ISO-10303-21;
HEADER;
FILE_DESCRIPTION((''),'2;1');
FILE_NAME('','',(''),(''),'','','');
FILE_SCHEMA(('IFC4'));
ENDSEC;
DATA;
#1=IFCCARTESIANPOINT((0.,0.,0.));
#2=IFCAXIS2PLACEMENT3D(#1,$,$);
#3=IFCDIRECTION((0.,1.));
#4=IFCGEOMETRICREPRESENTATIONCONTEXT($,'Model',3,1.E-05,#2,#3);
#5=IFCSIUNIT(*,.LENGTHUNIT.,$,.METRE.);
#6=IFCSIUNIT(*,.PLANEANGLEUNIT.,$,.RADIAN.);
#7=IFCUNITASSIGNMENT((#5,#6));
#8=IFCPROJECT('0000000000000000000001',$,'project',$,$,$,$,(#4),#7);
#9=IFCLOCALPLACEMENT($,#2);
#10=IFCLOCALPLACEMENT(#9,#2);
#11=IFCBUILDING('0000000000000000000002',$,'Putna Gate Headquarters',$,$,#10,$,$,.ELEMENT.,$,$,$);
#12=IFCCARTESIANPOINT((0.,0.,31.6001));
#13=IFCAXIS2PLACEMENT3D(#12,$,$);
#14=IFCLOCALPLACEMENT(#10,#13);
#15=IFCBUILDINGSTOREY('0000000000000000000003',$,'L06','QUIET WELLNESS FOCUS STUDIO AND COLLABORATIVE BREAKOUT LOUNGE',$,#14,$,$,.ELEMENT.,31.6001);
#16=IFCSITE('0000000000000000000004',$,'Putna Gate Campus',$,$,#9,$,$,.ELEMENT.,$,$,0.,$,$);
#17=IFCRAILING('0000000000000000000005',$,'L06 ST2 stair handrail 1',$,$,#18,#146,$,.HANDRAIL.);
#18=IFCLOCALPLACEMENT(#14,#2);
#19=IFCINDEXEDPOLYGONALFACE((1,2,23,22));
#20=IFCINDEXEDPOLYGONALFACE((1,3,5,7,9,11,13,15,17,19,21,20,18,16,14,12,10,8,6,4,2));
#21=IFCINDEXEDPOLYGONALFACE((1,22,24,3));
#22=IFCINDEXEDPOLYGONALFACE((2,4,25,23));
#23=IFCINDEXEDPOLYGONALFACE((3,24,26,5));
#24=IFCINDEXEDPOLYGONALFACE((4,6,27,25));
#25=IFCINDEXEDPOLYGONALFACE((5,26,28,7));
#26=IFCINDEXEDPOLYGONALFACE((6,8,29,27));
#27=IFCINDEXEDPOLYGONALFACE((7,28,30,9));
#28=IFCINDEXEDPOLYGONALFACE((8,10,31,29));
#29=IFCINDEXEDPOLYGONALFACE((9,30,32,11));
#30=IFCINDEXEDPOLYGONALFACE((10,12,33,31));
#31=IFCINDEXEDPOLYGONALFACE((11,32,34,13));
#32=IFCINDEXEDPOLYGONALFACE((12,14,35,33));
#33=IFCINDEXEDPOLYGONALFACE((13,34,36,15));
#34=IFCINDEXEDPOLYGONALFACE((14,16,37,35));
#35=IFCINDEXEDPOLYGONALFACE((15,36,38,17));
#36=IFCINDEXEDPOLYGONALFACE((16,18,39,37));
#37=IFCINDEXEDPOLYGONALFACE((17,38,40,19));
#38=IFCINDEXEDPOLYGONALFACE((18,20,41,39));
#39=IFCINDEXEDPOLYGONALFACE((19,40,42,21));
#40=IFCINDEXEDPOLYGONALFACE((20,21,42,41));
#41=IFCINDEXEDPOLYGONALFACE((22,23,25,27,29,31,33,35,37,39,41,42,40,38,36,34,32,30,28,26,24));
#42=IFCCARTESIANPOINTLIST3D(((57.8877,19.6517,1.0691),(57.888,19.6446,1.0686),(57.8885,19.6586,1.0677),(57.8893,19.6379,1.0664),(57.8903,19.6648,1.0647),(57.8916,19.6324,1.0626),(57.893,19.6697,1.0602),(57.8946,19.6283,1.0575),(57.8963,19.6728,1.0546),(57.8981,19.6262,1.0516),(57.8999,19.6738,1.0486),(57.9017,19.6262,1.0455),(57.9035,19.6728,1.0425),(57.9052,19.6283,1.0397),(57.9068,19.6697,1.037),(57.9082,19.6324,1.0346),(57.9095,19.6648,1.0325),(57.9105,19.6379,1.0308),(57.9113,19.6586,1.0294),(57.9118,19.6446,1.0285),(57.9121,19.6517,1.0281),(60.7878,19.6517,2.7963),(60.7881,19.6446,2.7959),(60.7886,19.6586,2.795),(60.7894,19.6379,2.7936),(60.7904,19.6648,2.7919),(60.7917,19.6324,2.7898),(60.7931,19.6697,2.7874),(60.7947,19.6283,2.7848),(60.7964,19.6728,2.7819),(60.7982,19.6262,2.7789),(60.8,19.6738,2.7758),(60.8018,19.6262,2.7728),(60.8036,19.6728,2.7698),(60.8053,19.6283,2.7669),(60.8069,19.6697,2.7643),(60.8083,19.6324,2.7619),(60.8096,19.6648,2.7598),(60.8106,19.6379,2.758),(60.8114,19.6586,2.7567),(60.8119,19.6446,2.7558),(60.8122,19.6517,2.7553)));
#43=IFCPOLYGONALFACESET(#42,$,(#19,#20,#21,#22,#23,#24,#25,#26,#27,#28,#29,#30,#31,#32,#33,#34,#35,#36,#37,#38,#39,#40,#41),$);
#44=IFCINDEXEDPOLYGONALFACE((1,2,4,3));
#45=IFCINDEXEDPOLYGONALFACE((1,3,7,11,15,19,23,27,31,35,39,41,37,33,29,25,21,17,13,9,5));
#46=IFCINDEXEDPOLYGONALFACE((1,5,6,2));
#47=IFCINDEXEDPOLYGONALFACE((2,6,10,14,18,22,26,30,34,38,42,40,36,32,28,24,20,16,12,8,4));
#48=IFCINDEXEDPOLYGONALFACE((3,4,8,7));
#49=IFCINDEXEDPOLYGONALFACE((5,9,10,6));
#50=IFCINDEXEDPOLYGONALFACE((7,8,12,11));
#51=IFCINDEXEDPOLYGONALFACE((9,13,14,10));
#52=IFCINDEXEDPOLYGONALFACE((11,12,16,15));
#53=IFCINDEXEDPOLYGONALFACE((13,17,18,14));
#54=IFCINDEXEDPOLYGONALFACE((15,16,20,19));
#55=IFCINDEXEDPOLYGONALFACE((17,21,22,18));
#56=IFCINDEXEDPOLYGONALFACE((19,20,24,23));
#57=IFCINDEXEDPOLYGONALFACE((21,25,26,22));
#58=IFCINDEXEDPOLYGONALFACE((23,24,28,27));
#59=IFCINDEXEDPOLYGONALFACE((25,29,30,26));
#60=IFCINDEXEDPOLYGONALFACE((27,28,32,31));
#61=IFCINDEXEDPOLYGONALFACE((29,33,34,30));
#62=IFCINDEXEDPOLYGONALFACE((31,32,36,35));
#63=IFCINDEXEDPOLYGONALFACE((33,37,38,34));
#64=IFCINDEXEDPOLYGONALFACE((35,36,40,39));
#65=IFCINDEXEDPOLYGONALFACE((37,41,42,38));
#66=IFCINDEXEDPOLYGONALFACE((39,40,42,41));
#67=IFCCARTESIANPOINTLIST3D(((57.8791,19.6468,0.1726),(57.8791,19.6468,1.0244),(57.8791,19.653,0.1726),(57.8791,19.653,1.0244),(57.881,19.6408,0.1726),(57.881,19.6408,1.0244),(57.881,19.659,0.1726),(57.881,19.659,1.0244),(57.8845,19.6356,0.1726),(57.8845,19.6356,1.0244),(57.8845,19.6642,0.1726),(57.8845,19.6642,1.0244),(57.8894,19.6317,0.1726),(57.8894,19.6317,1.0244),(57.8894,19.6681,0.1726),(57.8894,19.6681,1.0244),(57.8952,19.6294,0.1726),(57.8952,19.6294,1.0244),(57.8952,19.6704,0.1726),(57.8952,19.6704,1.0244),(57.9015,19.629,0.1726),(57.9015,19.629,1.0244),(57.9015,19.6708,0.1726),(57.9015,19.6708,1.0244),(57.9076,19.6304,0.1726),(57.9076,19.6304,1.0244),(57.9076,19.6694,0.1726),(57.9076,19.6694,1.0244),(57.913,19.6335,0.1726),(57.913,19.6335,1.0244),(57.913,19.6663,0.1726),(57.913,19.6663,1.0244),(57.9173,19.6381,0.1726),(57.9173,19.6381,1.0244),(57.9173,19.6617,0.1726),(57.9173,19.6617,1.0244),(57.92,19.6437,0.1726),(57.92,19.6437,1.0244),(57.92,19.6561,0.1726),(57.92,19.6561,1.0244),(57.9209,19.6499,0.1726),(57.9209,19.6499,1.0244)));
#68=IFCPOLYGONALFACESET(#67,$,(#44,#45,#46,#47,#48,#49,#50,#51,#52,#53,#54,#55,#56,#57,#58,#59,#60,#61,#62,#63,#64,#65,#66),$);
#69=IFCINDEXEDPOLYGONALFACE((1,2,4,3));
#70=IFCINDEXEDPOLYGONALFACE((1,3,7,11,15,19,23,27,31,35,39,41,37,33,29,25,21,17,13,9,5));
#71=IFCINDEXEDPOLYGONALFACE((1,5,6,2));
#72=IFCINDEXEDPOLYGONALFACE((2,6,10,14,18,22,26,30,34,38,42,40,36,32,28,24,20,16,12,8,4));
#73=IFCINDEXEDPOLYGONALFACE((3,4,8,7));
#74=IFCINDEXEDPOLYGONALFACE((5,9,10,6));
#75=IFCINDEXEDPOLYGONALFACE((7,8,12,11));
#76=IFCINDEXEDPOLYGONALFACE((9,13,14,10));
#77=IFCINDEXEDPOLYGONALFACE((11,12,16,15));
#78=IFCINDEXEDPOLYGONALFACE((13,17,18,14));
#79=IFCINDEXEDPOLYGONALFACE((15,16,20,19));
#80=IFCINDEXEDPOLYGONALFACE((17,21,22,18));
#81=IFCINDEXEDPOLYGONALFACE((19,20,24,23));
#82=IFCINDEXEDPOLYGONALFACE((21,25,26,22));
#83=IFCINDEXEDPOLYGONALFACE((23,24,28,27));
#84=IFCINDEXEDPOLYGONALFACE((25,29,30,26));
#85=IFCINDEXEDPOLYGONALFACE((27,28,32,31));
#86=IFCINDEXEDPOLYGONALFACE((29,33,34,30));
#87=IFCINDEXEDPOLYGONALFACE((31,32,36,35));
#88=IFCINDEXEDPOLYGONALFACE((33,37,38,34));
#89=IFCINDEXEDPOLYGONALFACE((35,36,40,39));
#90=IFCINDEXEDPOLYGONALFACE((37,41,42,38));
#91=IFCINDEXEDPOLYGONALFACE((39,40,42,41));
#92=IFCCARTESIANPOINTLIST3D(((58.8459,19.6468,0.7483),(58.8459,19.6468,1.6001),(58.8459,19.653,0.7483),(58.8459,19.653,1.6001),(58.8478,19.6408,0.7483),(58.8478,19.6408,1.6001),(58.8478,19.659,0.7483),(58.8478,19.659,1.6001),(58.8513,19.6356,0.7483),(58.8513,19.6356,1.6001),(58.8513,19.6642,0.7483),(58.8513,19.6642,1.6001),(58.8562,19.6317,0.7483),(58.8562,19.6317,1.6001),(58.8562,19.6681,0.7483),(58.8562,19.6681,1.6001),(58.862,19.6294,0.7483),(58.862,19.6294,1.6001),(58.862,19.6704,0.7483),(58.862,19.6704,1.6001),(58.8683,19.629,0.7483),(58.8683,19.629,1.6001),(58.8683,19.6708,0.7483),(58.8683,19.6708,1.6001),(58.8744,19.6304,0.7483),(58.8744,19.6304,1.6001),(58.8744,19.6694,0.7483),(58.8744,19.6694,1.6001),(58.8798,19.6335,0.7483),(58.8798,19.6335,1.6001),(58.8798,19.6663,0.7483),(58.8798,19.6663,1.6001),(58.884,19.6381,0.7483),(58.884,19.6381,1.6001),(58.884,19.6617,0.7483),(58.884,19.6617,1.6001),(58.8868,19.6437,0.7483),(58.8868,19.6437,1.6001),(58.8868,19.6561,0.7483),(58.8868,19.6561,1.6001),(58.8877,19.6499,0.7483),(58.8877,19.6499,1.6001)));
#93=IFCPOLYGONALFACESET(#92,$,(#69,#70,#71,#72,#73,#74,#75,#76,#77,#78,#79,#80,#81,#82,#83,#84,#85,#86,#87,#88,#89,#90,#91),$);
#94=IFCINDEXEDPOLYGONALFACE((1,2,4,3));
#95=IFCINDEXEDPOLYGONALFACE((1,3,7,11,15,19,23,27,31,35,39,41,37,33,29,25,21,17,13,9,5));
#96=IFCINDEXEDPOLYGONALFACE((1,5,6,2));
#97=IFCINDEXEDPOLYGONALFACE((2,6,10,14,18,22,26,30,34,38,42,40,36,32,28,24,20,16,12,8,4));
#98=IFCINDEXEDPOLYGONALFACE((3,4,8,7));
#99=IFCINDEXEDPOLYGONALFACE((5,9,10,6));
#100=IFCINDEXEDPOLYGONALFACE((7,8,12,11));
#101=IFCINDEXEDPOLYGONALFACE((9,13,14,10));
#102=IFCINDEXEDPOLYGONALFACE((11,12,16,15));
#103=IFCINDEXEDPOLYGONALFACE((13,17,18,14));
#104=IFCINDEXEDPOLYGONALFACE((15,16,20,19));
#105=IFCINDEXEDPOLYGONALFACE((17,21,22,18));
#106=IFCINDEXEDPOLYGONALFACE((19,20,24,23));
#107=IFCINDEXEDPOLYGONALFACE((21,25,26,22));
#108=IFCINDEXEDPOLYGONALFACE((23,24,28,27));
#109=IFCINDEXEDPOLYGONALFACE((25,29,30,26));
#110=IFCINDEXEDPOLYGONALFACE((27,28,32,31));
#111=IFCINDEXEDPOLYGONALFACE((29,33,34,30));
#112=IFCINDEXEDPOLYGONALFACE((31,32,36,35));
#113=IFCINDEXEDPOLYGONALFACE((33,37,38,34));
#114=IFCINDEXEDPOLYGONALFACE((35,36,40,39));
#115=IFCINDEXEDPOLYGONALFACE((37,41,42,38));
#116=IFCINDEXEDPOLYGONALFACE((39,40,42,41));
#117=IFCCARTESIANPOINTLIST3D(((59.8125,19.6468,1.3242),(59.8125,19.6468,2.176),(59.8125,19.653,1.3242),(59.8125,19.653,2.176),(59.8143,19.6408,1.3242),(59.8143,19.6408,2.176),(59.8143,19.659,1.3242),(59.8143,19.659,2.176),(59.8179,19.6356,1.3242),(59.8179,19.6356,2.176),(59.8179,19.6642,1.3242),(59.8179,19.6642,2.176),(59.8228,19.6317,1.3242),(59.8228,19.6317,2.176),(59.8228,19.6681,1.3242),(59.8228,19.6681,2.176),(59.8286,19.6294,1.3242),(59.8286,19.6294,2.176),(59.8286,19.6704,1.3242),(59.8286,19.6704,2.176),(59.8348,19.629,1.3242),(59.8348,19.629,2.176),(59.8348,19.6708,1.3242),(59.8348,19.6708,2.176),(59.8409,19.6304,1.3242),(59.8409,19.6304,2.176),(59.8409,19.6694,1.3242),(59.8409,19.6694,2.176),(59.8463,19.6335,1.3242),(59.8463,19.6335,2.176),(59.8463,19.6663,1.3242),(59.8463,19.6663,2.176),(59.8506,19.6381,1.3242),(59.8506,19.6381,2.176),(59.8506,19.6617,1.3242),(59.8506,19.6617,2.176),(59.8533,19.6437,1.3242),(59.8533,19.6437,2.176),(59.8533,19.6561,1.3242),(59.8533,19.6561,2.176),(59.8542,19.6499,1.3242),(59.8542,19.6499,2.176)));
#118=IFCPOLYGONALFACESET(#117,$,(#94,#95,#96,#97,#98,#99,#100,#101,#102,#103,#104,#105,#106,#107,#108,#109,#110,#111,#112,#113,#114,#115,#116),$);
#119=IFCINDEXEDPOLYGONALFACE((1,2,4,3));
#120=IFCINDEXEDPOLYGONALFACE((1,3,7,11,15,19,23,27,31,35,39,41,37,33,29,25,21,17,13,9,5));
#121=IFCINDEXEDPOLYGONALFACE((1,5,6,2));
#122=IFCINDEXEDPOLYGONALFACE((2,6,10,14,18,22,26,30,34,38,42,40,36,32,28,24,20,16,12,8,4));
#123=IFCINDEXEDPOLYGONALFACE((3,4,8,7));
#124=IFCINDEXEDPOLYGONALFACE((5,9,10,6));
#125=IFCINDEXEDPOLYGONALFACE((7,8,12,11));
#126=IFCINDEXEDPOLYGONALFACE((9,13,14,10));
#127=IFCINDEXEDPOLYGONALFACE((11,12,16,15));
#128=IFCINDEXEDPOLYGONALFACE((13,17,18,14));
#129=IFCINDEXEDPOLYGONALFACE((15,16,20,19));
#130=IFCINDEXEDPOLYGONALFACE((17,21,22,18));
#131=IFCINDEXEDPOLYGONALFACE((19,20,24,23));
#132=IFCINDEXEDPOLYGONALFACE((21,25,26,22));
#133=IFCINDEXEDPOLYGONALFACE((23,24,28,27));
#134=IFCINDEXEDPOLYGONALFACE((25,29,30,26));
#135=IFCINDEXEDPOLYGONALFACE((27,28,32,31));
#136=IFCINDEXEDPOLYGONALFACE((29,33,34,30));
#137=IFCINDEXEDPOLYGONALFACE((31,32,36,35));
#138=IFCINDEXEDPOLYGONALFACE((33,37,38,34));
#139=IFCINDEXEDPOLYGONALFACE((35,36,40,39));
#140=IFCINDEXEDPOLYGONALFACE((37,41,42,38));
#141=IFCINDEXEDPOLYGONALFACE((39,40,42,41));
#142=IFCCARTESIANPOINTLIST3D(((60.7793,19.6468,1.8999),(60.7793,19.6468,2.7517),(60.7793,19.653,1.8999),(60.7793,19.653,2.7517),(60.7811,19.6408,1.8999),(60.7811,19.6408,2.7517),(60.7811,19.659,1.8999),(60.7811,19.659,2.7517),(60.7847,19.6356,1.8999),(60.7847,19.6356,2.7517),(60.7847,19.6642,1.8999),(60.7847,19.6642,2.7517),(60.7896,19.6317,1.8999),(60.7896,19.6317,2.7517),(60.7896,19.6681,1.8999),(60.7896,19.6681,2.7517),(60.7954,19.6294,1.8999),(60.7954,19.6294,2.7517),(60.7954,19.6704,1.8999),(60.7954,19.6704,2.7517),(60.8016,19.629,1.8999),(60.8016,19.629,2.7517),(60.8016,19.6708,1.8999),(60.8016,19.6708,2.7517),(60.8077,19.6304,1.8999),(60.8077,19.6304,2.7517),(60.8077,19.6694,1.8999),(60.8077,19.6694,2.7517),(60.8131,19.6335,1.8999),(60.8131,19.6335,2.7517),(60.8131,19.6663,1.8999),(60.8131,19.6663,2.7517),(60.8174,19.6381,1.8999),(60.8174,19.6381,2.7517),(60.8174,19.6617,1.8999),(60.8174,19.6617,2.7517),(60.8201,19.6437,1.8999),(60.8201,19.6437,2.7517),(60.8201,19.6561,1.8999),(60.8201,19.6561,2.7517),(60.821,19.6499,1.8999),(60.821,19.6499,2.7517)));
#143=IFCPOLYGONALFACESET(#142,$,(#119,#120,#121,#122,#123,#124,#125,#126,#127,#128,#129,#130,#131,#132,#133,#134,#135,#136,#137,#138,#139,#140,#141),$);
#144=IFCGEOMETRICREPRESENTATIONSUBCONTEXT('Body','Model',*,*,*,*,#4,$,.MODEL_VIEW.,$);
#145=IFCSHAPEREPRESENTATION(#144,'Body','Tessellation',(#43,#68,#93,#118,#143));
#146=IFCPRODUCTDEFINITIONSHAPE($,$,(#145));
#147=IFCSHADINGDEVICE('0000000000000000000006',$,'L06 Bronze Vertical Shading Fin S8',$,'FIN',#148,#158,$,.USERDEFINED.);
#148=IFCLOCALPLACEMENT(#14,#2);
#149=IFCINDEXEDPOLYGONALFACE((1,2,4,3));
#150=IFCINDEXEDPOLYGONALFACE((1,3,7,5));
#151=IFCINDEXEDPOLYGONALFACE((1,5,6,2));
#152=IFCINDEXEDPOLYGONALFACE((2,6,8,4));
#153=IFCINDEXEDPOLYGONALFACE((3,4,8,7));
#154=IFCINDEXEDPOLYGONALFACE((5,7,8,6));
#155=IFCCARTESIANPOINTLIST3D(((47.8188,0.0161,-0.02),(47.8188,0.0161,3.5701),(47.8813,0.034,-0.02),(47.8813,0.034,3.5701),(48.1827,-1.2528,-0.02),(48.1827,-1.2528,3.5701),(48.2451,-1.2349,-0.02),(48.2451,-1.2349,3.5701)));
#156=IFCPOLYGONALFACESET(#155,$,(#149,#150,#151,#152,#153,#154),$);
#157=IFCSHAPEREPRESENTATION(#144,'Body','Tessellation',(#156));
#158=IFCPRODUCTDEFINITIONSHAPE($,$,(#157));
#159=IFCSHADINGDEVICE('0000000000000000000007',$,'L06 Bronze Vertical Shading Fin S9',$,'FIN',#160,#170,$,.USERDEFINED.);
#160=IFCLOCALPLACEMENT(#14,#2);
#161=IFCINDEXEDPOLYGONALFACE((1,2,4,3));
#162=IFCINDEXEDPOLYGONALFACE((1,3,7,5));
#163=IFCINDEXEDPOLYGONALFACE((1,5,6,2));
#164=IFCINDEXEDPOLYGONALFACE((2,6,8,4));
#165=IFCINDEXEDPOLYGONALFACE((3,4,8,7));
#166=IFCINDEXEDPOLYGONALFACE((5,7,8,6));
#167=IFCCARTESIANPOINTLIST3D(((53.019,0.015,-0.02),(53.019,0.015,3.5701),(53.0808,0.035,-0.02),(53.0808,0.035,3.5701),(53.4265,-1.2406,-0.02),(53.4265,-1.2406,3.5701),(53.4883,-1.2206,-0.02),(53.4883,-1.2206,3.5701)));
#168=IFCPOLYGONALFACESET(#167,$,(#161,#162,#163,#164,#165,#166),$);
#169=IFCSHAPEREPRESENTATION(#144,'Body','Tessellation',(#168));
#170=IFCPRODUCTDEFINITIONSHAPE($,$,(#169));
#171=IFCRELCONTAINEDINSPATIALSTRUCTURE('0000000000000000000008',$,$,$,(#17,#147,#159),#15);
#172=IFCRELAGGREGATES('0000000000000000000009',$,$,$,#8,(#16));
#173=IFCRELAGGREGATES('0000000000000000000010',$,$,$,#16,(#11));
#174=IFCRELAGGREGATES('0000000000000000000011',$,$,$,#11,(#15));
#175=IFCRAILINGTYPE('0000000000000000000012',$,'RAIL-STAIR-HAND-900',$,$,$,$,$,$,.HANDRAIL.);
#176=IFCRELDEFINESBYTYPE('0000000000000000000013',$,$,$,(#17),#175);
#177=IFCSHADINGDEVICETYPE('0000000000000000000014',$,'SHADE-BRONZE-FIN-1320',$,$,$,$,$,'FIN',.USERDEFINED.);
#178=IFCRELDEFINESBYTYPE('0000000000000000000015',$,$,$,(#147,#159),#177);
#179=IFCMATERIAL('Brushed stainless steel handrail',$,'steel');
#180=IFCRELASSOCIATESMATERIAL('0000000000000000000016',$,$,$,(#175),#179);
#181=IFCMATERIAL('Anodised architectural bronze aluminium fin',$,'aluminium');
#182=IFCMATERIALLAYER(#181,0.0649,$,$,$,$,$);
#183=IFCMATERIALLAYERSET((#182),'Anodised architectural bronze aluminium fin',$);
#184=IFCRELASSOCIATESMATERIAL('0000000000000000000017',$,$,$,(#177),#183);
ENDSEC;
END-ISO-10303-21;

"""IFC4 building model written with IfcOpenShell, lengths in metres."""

from ifc_helpers import new_model, si_unit, direction, frame, origin, origin_2d, place, context, subcontext, project, spatial, rectangle, circle, extrude, material, layer, layer_set, type_object, element, save


model = new_model("IFC4")

# Units and contexts
model_context = context("Model", 3, precision=1e-05, world=origin(), true_north=direction((0.0, 1.0)))
body_context = subcontext(model_context, "Body", "Model", "MODEL_VIEW")
ifc_project = project(units=[si_unit("LENGTHUNIT", "METRE"), si_unit("PLANEANGLEUNIT", "RADIAN")], contexts=[model_context])

# Site, building, storey
site_placement = place(None, origin())
site = spatial("IfcSite", under=ifc_project, at=site_placement, Name="Putna Gate Campus", CompositionType="ELEMENT", RefElevation=0.0)
building_placement = place(site_placement, origin())
building = spatial("IfcBuilding", under=site, at=building_placement, Name="Putna Gate Headquarters", CompositionType="ELEMENT")
storey_placement = place(building_placement, frame((0.0, 0.0, 31.6001)))
storey = spatial("IfcBuildingStorey", under=building, at=storey_placement, Name="L06", Description="QUIET WELLNESS FOCUS STUDIO AND COLLABORATIVE BREAKOUT LOUNGE", CompositionType="ELEMENT", Elevation=31.6001)

# Railing
ifc_material_1 = material(Name="Brushed stainless steel handrail", Category="steel")
railing_type_1 = type_object("IfcRailingType", Name="RAIL-STAIR-HAND-900", PredefinedType="HANDRAIL", material=ifc_material_1)
railing_1_placement = place(storey_placement, frame((57.8999, 19.6499, 0.1726)))
element("IfcRailing", 1, at=railing_1_placement, inside=storey, type_object=railing_type_1, Name="L06 ST2 stair handrail 1", PredefinedType="HANDRAIL", context=body_context, shape_type="SweptSolid", body=[
    extrude(circle(Radius=0.0239, at=origin_2d()), frame((0.0, 0.0, 0.876), z_axis=(0.85916, 0.0, 0.511706), x_axis=(0.0, 1.0, 0.0)), (0.0, 0.0, 1.0), 3.3755),
    extrude(circle(Radius=0.021, at=origin_2d()), origin(), (0.0, 0.0, 1.0), 0.8518),
    extrude(circle(Radius=0.021, at=origin_2d()), frame((0.9668, 0.0, 0.5757)), (0.0, 0.0, 1.0), 0.8518),
    extrude(circle(Radius=0.021, at=origin_2d()), frame((1.9333, 0.0, 1.1516)), (0.0, 0.0, 1.0), 0.8518),
    extrude(circle(Radius=0.021, at=origin_2d()), frame((2.9001, 0.0, 1.7273)), (0.0, 0.0, 1.0), 0.8518),
])

# Shading devices
ifc_material_2 = material(Name="Anodised architectural bronze aluminium fin", Category="aluminium")
ifc_layer_1 = layer(ifc_material_2, 0.0649)
ifc_layer_set_1 = layer_set([ifc_layer_1], Name="Anodised architectural bronze aluminium fin")
shading_device_type = type_object("IfcShadingDeviceType", Name="SHADE-BRONZE-FIN-1320", ElementType="FIN", PredefinedType="USERDEFINED", material=ifc_layer_set_1)
for number, where, z_axis, x_axis, name in (
    (2, (48.032, -0.6094, -0.02), (0.0, 0.0, 1.0), (0.275637, -0.961262, 0.0), "L06 Bronze Vertical Shading Fin S8"),
    (3, (53.2537, -0.6028, -0.02), (0.0, 0.0, 1.0), (0.308685, -0.951164, 0.0), "L06 Bronze Vertical Shading Fin S9"),
):
    element("IfcShadingDevice", number, at=place(storey_placement, frame(where, z_axis=z_axis, x_axis=x_axis)), inside=storey, type_object=shading_device_type, Name=name, ObjectType="FIN", PredefinedType="USERDEFINED", context=body_context, shape_type="SweptSolid", body=[
        extrude(rectangle(XDim=1.3201, YDim=0.0649, at=origin_2d()), origin(), (0.0, 0.0, 1.0), 3.5901),
    ])

save(model, "model.ifc")
